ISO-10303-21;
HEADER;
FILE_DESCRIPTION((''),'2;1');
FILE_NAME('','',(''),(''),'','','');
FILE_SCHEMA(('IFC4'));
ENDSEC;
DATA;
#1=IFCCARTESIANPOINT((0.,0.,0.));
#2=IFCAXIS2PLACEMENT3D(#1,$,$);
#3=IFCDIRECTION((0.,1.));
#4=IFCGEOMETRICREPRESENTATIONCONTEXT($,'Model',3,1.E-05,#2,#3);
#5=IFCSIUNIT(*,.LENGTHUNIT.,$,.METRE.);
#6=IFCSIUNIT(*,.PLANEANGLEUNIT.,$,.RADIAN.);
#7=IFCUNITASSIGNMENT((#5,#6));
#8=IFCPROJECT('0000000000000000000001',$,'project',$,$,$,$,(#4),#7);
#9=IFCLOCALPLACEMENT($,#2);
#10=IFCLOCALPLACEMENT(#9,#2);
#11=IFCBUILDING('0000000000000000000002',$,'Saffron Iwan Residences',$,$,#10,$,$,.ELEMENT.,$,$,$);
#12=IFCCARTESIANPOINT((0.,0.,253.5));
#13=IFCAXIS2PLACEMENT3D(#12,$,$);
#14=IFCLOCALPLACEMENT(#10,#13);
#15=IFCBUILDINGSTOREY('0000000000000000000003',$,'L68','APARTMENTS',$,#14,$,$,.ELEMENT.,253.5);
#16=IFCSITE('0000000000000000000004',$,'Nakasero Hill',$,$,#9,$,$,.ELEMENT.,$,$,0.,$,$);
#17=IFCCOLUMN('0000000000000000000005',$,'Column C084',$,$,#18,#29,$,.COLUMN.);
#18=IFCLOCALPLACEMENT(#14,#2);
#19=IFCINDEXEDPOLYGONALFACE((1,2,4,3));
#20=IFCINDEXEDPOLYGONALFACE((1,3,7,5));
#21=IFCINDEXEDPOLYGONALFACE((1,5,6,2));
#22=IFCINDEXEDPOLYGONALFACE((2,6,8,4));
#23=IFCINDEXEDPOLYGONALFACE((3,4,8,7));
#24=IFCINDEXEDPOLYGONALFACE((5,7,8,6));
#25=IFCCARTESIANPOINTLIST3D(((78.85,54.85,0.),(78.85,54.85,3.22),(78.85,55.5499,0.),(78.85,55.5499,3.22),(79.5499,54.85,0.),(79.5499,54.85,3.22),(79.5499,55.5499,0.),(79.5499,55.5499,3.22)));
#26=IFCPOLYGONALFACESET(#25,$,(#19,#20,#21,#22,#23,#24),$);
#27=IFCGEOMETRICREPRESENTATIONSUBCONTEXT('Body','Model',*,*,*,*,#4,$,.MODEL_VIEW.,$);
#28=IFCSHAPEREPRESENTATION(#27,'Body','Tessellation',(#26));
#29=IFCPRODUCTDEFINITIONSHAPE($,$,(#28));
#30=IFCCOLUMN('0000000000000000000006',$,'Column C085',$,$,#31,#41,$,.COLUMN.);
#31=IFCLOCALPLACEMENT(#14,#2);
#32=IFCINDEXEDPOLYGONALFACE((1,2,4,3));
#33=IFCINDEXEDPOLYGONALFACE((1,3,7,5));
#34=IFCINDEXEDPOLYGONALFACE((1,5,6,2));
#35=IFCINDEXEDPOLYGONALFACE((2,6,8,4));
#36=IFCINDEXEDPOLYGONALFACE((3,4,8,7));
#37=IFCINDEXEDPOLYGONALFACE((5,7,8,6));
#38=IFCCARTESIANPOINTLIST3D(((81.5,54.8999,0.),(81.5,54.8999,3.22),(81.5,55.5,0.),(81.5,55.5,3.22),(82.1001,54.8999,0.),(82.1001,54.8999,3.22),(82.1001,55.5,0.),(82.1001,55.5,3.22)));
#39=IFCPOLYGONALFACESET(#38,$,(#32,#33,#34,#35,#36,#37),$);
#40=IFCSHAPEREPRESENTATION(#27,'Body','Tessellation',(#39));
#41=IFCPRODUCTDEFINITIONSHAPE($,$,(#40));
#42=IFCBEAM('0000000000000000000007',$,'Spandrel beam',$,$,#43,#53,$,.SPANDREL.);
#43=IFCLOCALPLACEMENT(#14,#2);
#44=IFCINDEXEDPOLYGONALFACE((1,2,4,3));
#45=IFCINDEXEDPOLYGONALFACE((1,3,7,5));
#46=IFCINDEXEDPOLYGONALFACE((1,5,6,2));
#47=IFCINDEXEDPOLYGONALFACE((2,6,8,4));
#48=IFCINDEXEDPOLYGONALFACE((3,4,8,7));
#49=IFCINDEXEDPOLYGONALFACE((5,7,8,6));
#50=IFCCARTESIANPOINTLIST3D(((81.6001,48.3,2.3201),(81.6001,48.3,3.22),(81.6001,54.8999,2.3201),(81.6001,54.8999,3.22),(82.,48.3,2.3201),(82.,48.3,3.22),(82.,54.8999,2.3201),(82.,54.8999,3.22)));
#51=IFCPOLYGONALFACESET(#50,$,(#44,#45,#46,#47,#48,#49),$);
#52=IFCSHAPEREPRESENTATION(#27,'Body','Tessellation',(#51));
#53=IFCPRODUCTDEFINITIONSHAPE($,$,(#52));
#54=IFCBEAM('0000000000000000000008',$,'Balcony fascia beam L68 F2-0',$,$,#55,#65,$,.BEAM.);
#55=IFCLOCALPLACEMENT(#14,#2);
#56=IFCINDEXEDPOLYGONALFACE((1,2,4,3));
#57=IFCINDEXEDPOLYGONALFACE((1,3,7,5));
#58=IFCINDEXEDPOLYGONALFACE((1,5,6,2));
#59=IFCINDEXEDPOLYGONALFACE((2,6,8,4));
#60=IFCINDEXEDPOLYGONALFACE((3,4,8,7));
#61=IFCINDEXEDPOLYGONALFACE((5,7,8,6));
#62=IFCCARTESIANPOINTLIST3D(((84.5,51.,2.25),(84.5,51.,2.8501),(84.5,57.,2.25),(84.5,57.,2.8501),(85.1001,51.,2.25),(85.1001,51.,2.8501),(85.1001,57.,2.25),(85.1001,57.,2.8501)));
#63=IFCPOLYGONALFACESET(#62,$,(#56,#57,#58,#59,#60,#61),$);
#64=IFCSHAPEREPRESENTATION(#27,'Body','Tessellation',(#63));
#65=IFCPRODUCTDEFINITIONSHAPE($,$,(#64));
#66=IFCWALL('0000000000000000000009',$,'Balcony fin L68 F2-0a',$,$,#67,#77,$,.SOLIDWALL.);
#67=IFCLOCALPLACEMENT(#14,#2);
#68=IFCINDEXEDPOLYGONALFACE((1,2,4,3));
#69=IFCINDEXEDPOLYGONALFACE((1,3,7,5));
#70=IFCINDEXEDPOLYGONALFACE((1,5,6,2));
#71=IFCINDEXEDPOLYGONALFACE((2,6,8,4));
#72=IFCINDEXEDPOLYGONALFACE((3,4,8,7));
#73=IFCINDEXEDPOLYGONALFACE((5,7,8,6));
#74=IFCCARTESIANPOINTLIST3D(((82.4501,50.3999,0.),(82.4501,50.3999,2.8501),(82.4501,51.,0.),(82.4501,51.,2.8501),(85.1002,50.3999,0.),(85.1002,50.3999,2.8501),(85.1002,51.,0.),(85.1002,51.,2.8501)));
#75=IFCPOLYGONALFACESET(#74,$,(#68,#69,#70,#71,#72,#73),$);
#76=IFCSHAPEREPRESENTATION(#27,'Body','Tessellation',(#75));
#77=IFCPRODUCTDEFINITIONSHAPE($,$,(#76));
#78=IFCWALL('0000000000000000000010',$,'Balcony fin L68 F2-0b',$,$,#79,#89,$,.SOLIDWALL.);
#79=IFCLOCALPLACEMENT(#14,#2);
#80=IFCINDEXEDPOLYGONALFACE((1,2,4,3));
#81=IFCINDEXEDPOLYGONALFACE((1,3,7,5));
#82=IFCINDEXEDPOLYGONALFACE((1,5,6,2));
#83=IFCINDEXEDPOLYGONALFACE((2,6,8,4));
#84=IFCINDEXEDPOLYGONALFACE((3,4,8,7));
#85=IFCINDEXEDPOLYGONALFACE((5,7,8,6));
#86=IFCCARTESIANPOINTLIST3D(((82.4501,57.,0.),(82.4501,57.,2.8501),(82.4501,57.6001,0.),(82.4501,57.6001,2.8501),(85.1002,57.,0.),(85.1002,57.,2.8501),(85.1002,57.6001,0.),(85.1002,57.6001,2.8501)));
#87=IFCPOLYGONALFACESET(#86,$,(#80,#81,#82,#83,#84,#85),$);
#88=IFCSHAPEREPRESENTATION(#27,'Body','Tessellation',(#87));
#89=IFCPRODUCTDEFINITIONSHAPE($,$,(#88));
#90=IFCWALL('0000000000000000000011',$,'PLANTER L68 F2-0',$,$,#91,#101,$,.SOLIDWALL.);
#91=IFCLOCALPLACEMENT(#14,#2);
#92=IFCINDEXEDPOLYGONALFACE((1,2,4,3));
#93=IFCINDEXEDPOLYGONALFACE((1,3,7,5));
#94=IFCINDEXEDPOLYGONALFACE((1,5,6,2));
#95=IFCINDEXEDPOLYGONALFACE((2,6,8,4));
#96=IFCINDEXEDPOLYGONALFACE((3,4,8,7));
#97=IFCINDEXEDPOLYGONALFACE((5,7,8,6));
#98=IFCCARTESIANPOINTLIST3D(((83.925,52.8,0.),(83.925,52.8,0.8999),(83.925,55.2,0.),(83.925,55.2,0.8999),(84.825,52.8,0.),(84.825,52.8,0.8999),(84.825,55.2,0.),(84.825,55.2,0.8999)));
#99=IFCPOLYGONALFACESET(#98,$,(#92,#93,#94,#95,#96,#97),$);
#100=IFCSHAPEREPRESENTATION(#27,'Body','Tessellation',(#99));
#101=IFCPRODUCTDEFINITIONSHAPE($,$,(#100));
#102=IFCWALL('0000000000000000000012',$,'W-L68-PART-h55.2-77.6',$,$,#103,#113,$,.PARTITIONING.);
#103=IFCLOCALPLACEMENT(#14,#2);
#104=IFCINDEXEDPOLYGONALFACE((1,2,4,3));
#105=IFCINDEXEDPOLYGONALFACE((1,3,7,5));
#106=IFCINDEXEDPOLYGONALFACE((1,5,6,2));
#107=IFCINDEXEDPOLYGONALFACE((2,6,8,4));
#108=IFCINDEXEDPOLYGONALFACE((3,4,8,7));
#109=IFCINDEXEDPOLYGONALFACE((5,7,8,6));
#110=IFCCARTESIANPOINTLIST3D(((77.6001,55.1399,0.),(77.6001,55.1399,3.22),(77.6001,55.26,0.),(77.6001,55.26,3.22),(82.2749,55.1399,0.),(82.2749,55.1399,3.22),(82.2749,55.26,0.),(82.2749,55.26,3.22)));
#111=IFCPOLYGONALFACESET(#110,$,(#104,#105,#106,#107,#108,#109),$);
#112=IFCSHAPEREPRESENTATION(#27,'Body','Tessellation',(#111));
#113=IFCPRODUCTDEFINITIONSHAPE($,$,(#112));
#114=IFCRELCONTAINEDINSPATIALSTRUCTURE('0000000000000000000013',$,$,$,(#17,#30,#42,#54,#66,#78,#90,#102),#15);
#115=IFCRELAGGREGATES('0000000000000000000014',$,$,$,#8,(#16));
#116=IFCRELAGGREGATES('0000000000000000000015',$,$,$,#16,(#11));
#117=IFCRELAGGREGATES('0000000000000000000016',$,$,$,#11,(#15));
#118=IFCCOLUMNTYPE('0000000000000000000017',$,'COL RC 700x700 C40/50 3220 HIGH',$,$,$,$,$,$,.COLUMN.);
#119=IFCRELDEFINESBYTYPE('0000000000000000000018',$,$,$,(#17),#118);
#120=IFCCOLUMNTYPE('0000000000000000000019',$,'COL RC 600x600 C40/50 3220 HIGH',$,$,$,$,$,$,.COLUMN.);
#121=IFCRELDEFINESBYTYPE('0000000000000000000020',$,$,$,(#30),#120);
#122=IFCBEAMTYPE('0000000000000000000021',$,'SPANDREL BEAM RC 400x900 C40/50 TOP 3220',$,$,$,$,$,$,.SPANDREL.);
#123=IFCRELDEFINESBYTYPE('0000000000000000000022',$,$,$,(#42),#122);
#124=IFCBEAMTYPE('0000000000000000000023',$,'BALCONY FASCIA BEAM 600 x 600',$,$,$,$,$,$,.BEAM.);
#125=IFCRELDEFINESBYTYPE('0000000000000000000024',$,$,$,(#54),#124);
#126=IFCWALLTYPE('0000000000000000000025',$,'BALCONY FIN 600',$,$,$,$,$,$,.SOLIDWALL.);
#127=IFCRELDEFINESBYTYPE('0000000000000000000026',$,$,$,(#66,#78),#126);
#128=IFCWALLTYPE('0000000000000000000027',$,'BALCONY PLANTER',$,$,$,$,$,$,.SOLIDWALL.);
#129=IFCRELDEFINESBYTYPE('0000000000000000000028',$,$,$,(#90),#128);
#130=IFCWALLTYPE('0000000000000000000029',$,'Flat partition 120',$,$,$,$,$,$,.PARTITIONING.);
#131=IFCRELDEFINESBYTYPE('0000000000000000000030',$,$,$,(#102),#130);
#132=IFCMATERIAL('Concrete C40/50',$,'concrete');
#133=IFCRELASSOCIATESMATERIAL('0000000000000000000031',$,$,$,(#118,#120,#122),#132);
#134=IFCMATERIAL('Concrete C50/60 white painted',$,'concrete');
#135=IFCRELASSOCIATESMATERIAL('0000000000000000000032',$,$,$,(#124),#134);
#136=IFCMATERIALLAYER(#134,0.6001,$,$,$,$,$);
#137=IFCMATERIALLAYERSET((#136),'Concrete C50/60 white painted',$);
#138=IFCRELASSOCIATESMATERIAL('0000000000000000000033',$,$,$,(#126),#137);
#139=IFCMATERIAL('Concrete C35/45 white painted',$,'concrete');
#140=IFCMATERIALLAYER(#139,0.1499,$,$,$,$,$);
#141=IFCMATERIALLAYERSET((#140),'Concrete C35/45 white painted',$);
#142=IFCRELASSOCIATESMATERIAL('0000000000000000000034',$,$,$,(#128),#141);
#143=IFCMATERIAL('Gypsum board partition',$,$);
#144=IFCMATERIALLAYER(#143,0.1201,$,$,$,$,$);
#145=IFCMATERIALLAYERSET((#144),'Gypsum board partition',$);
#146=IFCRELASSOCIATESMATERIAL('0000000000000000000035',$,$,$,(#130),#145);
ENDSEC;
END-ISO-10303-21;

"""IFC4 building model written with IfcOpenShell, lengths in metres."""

from ifc_helpers import new_model, si_unit, direction, frame, frame_2d, origin, origin_2d, place, context, subcontext, project, spatial, rectangle, extrude, source, transform, mapped, material, layer, layer_set, material_profile, profile_set, type_object, element, save


model = new_model("IFC4")

# Units and contexts
model_context = context("Model", 3, precision=1e-05, world=origin(), true_north=direction((0.0, 1.0)))
body_context = subcontext(model_context, "Body", "Model", "MODEL_VIEW")
ifc_project = project(units=[si_unit("LENGTHUNIT", "METRE"), si_unit("PLANEANGLEUNIT", "RADIAN")], contexts=[model_context])

# Site, building, storey
site_placement = place(None, origin())
site = spatial("IfcSite", under=ifc_project, at=site_placement, Name="Nakasero Hill", CompositionType="ELEMENT", RefElevation=0.0)
building_placement = place(site_placement, origin())
building = spatial("IfcBuilding", under=site, at=building_placement, Name="Saffron Iwan Residences", CompositionType="ELEMENT")
storey_placement = place(building_placement, frame((0.0, 0.0, 253.5)))
storey = spatial("IfcBuildingStorey", under=building, at=storey_placement, Name="L68", Description="APARTMENTS", CompositionType="ELEMENT", Elevation=253.5)

# Columns
ifc_material_1 = material(Name="Concrete C40/50", Category="concrete")
ifc_material_profile_1 = material_profile(ifc_material_1, rectangle(XDim=0.7, YDim=0.7, at=origin_2d()), Name="RC 700x700")
ifc_profile_set_1 = profile_set([ifc_material_profile_1], Name="Concrete C40/50")
column_type_1 = type_object("IfcColumnType", Name="COL RC 700x700 C40/50 3220 HIGH", PredefinedType="COLUMN", material=ifc_profile_set_1)
shared_shape_1 = source(origin(), body_context, "Body", "SweptSolid", [
    extrude(rectangle(XDim=0.7, YDim=0.7, at=origin_2d()), origin(), (0.0, 0.0, 1.0), 3.22),
])
column_1_placement = place(storey_placement, frame((79.2, 55.2, 0.0), z_axis=(0.0, 0.0, 1.0), x_axis=(1.0, 0.0, 0.0)))
element("IfcColumn", 1, at=column_1_placement, inside=storey, type_object=column_type_1, Name="Column C084", PredefinedType="COLUMN", context=body_context, shape_type="MappedRepresentation", body=[
    mapped(shared_shape_1, transform((0.0, 0.0, 0.0))),
])
ifc_material_profile_2 = material_profile(ifc_material_1, rectangle(XDim=0.6001, YDim=0.6001, at=origin_2d()), Name="RC 600x600")
ifc_profile_set_2 = profile_set([ifc_material_profile_2], Name="Concrete C40/50")
column_type_2 = type_object("IfcColumnType", Name="COL RC 600x600 C40/50 3220 HIGH", PredefinedType="COLUMN", material=ifc_profile_set_2)
shared_shape_2 = source(origin(), body_context, "Body", "SweptSolid", [
    extrude(rectangle(XDim=0.6001, YDim=0.6001, at=origin_2d()), origin(), (0.0, 0.0, 1.0), 3.22),
])
column_2_placement = place(storey_placement, frame((81.8, 55.2, 0.0), z_axis=(0.0, 0.0, 1.0), x_axis=(1.0, 0.0, 0.0)))
element("IfcColumn", 2, at=column_2_placement, inside=storey, type_object=column_type_2, Name="Column C085", PredefinedType="COLUMN", context=body_context, shape_type="MappedRepresentation", body=[
    mapped(shared_shape_2, transform((0.0, 0.0, 0.0))),
])

# Beams
ifc_material_profile_3 = material_profile(ifc_material_1, rectangle(XDim=0.3999, YDim=0.8999, at=origin_2d()), Name="RC 400x900")
ifc_profile_set_3 = profile_set([ifc_material_profile_3], Name="Concrete C40/50")
beam_type_1 = type_object("IfcBeamType", Name="SPANDREL BEAM RC 400x900 C40/50 TOP 3220", PredefinedType="SPANDREL", material=ifc_profile_set_3)
shared_shape_3 = source(origin(), body_context, "Body", "SweptSolid", [
    extrude(rectangle(XDim=0.3999, YDim=0.8999, at=origin_2d()), origin(), (0.0, 0.0, 1.0), 6.5999),
])
beam_1_placement = place(storey_placement, frame((81.8, 54.8999, 2.77), z_axis=(0.0, -1.0, 0.0), x_axis=(1.0, 0.0, 0.0)))
element("IfcBeam", 3, at=beam_1_placement, inside=storey, type_object=beam_type_1, Name="Spandrel beam", PredefinedType="SPANDREL", context=body_context, shape_type="MappedRepresentation", body=[
    mapped(shared_shape_3, transform((0.0, 0.0, 0.0))),
])
ifc_material_2 = material(Name="Concrete C50/60 white painted", Category="concrete")
ifc_material_profile_4 = material_profile(ifc_material_2, rectangle(XDim=0.6001, YDim=0.6001, at=origin_2d()), Name="BALCONY FASCIA BEAM 600 x 600")
ifc_profile_set_4 = profile_set([ifc_material_profile_4], Name="Concrete C50/60 white painted")
beam_type_2 = type_object("IfcBeamType", Name="BALCONY FASCIA BEAM 600 x 600", PredefinedType="BEAM", material=ifc_profile_set_4)
shared_shape_4 = source(origin(), body_context, "Body", "SweptSolid", [
    extrude(rectangle(XDim=0.6001, YDim=0.6001, at=origin_2d()), origin(), (0.0, 0.0, 1.0), 6.0),
])
beam_2_placement = place(storey_placement, frame((84.8, 51.0, 2.55), z_axis=(0.0, 1.0, 0.0), x_axis=(-1.0, 0.0, 0.0)))
element("IfcBeam", 4, at=beam_2_placement, inside=storey, type_object=beam_type_2, Name="Balcony fascia beam L68 F2-0", PredefinedType="BEAM", context=body_context, shape_type="MappedRepresentation", body=[
    mapped(shared_shape_4, transform((0.0, 0.0, 0.0))),
])

# Walls
ifc_layer_1 = layer(ifc_material_2, 0.6001)
ifc_layer_set_1 = layer_set([ifc_layer_1], Name="Concrete C50/60 white painted")
wall_type_1 = type_object("IfcWallType", Name="BALCONY FIN 600", PredefinedType="SOLIDWALL", material=ifc_layer_set_1)
for number, where, z_axis, x_axis, name in (
    (5, (82.45, 50.7, 0.0), (0.0, 0.0, 1.0), (1.0, 0.0, 0.0), "Balcony fin L68 F2-0a"),
    (6, (82.45, 57.3, 0.0), (0.0, 0.0, 1.0), (1.0, 0.0, 0.0), "Balcony fin L68 F2-0b"),
):
    element("IfcWall", number, at=place(storey_placement, frame(where, z_axis=z_axis, x_axis=x_axis)), inside=storey, type_object=wall_type_1, Name=name, PredefinedType="SOLIDWALL", context=body_context, shape_type="SweptSolid", body=[
        extrude(rectangle(XDim=2.6501, YDim=0.6001, at=frame_2d((1.3252, 0.0))), origin(), (0.0, 0.0, 1.0), 2.8501),
    ])
ifc_material_3 = material(Name="Concrete C35/45 white painted", Category="concrete")
ifc_layer_2 = layer(ifc_material_3, 0.1499)
ifc_layer_set_2 = layer_set([ifc_layer_2], Name="Concrete C35/45 white painted")
wall_type_2 = type_object("IfcWallType", Name="BALCONY PLANTER", PredefinedType="SOLIDWALL", material=ifc_layer_set_2)
wall_1_placement = place(storey_placement, frame((84.375, 52.8, 0.0), z_axis=(0.0, 0.0, 1.0), x_axis=(0.0, 1.0, 0.0)))
element("IfcWall", 7, at=wall_1_placement, inside=storey, type_object=wall_type_2, Name="PLANTER L68 F2-0", PredefinedType="SOLIDWALL", context=body_context, shape_type="SweptSolid", body=[
    extrude(rectangle(XDim=2.3999, YDim=0.8999, at=frame_2d((1.2, 0.0))), origin(), (0.0, 0.0, 1.0), 0.8999),
])

# Wall
ifc_material_4 = material(Name="Gypsum board partition")
ifc_layer_3 = layer(ifc_material_4, 0.1201)
ifc_layer_set_3 = layer_set([ifc_layer_3], Name="Gypsum board partition")
wall_type_3 = type_object("IfcWallType", Name="Flat partition 120", PredefinedType="PARTITIONING", material=ifc_layer_set_3)
wall_2_placement = place(storey_placement, frame((77.6001, 55.2, 0.0), z_axis=(0.0, 0.0, 1.0), x_axis=(1.0, 0.0, 0.0)))
element("IfcWall", 8, at=wall_2_placement, inside=storey, type_object=wall_type_3, Name="W-L68-PART-h55.2-77.6", PredefinedType="PARTITIONING", context=body_context, shape_type="SweptSolid", body=[
    extrude(rectangle(XDim=4.6748, YDim=0.1201, at=frame_2d((2.3374, 0.0))), origin(), (0.0, 0.0, 1.0), 3.22),
])

save(model, "model.ifc")
